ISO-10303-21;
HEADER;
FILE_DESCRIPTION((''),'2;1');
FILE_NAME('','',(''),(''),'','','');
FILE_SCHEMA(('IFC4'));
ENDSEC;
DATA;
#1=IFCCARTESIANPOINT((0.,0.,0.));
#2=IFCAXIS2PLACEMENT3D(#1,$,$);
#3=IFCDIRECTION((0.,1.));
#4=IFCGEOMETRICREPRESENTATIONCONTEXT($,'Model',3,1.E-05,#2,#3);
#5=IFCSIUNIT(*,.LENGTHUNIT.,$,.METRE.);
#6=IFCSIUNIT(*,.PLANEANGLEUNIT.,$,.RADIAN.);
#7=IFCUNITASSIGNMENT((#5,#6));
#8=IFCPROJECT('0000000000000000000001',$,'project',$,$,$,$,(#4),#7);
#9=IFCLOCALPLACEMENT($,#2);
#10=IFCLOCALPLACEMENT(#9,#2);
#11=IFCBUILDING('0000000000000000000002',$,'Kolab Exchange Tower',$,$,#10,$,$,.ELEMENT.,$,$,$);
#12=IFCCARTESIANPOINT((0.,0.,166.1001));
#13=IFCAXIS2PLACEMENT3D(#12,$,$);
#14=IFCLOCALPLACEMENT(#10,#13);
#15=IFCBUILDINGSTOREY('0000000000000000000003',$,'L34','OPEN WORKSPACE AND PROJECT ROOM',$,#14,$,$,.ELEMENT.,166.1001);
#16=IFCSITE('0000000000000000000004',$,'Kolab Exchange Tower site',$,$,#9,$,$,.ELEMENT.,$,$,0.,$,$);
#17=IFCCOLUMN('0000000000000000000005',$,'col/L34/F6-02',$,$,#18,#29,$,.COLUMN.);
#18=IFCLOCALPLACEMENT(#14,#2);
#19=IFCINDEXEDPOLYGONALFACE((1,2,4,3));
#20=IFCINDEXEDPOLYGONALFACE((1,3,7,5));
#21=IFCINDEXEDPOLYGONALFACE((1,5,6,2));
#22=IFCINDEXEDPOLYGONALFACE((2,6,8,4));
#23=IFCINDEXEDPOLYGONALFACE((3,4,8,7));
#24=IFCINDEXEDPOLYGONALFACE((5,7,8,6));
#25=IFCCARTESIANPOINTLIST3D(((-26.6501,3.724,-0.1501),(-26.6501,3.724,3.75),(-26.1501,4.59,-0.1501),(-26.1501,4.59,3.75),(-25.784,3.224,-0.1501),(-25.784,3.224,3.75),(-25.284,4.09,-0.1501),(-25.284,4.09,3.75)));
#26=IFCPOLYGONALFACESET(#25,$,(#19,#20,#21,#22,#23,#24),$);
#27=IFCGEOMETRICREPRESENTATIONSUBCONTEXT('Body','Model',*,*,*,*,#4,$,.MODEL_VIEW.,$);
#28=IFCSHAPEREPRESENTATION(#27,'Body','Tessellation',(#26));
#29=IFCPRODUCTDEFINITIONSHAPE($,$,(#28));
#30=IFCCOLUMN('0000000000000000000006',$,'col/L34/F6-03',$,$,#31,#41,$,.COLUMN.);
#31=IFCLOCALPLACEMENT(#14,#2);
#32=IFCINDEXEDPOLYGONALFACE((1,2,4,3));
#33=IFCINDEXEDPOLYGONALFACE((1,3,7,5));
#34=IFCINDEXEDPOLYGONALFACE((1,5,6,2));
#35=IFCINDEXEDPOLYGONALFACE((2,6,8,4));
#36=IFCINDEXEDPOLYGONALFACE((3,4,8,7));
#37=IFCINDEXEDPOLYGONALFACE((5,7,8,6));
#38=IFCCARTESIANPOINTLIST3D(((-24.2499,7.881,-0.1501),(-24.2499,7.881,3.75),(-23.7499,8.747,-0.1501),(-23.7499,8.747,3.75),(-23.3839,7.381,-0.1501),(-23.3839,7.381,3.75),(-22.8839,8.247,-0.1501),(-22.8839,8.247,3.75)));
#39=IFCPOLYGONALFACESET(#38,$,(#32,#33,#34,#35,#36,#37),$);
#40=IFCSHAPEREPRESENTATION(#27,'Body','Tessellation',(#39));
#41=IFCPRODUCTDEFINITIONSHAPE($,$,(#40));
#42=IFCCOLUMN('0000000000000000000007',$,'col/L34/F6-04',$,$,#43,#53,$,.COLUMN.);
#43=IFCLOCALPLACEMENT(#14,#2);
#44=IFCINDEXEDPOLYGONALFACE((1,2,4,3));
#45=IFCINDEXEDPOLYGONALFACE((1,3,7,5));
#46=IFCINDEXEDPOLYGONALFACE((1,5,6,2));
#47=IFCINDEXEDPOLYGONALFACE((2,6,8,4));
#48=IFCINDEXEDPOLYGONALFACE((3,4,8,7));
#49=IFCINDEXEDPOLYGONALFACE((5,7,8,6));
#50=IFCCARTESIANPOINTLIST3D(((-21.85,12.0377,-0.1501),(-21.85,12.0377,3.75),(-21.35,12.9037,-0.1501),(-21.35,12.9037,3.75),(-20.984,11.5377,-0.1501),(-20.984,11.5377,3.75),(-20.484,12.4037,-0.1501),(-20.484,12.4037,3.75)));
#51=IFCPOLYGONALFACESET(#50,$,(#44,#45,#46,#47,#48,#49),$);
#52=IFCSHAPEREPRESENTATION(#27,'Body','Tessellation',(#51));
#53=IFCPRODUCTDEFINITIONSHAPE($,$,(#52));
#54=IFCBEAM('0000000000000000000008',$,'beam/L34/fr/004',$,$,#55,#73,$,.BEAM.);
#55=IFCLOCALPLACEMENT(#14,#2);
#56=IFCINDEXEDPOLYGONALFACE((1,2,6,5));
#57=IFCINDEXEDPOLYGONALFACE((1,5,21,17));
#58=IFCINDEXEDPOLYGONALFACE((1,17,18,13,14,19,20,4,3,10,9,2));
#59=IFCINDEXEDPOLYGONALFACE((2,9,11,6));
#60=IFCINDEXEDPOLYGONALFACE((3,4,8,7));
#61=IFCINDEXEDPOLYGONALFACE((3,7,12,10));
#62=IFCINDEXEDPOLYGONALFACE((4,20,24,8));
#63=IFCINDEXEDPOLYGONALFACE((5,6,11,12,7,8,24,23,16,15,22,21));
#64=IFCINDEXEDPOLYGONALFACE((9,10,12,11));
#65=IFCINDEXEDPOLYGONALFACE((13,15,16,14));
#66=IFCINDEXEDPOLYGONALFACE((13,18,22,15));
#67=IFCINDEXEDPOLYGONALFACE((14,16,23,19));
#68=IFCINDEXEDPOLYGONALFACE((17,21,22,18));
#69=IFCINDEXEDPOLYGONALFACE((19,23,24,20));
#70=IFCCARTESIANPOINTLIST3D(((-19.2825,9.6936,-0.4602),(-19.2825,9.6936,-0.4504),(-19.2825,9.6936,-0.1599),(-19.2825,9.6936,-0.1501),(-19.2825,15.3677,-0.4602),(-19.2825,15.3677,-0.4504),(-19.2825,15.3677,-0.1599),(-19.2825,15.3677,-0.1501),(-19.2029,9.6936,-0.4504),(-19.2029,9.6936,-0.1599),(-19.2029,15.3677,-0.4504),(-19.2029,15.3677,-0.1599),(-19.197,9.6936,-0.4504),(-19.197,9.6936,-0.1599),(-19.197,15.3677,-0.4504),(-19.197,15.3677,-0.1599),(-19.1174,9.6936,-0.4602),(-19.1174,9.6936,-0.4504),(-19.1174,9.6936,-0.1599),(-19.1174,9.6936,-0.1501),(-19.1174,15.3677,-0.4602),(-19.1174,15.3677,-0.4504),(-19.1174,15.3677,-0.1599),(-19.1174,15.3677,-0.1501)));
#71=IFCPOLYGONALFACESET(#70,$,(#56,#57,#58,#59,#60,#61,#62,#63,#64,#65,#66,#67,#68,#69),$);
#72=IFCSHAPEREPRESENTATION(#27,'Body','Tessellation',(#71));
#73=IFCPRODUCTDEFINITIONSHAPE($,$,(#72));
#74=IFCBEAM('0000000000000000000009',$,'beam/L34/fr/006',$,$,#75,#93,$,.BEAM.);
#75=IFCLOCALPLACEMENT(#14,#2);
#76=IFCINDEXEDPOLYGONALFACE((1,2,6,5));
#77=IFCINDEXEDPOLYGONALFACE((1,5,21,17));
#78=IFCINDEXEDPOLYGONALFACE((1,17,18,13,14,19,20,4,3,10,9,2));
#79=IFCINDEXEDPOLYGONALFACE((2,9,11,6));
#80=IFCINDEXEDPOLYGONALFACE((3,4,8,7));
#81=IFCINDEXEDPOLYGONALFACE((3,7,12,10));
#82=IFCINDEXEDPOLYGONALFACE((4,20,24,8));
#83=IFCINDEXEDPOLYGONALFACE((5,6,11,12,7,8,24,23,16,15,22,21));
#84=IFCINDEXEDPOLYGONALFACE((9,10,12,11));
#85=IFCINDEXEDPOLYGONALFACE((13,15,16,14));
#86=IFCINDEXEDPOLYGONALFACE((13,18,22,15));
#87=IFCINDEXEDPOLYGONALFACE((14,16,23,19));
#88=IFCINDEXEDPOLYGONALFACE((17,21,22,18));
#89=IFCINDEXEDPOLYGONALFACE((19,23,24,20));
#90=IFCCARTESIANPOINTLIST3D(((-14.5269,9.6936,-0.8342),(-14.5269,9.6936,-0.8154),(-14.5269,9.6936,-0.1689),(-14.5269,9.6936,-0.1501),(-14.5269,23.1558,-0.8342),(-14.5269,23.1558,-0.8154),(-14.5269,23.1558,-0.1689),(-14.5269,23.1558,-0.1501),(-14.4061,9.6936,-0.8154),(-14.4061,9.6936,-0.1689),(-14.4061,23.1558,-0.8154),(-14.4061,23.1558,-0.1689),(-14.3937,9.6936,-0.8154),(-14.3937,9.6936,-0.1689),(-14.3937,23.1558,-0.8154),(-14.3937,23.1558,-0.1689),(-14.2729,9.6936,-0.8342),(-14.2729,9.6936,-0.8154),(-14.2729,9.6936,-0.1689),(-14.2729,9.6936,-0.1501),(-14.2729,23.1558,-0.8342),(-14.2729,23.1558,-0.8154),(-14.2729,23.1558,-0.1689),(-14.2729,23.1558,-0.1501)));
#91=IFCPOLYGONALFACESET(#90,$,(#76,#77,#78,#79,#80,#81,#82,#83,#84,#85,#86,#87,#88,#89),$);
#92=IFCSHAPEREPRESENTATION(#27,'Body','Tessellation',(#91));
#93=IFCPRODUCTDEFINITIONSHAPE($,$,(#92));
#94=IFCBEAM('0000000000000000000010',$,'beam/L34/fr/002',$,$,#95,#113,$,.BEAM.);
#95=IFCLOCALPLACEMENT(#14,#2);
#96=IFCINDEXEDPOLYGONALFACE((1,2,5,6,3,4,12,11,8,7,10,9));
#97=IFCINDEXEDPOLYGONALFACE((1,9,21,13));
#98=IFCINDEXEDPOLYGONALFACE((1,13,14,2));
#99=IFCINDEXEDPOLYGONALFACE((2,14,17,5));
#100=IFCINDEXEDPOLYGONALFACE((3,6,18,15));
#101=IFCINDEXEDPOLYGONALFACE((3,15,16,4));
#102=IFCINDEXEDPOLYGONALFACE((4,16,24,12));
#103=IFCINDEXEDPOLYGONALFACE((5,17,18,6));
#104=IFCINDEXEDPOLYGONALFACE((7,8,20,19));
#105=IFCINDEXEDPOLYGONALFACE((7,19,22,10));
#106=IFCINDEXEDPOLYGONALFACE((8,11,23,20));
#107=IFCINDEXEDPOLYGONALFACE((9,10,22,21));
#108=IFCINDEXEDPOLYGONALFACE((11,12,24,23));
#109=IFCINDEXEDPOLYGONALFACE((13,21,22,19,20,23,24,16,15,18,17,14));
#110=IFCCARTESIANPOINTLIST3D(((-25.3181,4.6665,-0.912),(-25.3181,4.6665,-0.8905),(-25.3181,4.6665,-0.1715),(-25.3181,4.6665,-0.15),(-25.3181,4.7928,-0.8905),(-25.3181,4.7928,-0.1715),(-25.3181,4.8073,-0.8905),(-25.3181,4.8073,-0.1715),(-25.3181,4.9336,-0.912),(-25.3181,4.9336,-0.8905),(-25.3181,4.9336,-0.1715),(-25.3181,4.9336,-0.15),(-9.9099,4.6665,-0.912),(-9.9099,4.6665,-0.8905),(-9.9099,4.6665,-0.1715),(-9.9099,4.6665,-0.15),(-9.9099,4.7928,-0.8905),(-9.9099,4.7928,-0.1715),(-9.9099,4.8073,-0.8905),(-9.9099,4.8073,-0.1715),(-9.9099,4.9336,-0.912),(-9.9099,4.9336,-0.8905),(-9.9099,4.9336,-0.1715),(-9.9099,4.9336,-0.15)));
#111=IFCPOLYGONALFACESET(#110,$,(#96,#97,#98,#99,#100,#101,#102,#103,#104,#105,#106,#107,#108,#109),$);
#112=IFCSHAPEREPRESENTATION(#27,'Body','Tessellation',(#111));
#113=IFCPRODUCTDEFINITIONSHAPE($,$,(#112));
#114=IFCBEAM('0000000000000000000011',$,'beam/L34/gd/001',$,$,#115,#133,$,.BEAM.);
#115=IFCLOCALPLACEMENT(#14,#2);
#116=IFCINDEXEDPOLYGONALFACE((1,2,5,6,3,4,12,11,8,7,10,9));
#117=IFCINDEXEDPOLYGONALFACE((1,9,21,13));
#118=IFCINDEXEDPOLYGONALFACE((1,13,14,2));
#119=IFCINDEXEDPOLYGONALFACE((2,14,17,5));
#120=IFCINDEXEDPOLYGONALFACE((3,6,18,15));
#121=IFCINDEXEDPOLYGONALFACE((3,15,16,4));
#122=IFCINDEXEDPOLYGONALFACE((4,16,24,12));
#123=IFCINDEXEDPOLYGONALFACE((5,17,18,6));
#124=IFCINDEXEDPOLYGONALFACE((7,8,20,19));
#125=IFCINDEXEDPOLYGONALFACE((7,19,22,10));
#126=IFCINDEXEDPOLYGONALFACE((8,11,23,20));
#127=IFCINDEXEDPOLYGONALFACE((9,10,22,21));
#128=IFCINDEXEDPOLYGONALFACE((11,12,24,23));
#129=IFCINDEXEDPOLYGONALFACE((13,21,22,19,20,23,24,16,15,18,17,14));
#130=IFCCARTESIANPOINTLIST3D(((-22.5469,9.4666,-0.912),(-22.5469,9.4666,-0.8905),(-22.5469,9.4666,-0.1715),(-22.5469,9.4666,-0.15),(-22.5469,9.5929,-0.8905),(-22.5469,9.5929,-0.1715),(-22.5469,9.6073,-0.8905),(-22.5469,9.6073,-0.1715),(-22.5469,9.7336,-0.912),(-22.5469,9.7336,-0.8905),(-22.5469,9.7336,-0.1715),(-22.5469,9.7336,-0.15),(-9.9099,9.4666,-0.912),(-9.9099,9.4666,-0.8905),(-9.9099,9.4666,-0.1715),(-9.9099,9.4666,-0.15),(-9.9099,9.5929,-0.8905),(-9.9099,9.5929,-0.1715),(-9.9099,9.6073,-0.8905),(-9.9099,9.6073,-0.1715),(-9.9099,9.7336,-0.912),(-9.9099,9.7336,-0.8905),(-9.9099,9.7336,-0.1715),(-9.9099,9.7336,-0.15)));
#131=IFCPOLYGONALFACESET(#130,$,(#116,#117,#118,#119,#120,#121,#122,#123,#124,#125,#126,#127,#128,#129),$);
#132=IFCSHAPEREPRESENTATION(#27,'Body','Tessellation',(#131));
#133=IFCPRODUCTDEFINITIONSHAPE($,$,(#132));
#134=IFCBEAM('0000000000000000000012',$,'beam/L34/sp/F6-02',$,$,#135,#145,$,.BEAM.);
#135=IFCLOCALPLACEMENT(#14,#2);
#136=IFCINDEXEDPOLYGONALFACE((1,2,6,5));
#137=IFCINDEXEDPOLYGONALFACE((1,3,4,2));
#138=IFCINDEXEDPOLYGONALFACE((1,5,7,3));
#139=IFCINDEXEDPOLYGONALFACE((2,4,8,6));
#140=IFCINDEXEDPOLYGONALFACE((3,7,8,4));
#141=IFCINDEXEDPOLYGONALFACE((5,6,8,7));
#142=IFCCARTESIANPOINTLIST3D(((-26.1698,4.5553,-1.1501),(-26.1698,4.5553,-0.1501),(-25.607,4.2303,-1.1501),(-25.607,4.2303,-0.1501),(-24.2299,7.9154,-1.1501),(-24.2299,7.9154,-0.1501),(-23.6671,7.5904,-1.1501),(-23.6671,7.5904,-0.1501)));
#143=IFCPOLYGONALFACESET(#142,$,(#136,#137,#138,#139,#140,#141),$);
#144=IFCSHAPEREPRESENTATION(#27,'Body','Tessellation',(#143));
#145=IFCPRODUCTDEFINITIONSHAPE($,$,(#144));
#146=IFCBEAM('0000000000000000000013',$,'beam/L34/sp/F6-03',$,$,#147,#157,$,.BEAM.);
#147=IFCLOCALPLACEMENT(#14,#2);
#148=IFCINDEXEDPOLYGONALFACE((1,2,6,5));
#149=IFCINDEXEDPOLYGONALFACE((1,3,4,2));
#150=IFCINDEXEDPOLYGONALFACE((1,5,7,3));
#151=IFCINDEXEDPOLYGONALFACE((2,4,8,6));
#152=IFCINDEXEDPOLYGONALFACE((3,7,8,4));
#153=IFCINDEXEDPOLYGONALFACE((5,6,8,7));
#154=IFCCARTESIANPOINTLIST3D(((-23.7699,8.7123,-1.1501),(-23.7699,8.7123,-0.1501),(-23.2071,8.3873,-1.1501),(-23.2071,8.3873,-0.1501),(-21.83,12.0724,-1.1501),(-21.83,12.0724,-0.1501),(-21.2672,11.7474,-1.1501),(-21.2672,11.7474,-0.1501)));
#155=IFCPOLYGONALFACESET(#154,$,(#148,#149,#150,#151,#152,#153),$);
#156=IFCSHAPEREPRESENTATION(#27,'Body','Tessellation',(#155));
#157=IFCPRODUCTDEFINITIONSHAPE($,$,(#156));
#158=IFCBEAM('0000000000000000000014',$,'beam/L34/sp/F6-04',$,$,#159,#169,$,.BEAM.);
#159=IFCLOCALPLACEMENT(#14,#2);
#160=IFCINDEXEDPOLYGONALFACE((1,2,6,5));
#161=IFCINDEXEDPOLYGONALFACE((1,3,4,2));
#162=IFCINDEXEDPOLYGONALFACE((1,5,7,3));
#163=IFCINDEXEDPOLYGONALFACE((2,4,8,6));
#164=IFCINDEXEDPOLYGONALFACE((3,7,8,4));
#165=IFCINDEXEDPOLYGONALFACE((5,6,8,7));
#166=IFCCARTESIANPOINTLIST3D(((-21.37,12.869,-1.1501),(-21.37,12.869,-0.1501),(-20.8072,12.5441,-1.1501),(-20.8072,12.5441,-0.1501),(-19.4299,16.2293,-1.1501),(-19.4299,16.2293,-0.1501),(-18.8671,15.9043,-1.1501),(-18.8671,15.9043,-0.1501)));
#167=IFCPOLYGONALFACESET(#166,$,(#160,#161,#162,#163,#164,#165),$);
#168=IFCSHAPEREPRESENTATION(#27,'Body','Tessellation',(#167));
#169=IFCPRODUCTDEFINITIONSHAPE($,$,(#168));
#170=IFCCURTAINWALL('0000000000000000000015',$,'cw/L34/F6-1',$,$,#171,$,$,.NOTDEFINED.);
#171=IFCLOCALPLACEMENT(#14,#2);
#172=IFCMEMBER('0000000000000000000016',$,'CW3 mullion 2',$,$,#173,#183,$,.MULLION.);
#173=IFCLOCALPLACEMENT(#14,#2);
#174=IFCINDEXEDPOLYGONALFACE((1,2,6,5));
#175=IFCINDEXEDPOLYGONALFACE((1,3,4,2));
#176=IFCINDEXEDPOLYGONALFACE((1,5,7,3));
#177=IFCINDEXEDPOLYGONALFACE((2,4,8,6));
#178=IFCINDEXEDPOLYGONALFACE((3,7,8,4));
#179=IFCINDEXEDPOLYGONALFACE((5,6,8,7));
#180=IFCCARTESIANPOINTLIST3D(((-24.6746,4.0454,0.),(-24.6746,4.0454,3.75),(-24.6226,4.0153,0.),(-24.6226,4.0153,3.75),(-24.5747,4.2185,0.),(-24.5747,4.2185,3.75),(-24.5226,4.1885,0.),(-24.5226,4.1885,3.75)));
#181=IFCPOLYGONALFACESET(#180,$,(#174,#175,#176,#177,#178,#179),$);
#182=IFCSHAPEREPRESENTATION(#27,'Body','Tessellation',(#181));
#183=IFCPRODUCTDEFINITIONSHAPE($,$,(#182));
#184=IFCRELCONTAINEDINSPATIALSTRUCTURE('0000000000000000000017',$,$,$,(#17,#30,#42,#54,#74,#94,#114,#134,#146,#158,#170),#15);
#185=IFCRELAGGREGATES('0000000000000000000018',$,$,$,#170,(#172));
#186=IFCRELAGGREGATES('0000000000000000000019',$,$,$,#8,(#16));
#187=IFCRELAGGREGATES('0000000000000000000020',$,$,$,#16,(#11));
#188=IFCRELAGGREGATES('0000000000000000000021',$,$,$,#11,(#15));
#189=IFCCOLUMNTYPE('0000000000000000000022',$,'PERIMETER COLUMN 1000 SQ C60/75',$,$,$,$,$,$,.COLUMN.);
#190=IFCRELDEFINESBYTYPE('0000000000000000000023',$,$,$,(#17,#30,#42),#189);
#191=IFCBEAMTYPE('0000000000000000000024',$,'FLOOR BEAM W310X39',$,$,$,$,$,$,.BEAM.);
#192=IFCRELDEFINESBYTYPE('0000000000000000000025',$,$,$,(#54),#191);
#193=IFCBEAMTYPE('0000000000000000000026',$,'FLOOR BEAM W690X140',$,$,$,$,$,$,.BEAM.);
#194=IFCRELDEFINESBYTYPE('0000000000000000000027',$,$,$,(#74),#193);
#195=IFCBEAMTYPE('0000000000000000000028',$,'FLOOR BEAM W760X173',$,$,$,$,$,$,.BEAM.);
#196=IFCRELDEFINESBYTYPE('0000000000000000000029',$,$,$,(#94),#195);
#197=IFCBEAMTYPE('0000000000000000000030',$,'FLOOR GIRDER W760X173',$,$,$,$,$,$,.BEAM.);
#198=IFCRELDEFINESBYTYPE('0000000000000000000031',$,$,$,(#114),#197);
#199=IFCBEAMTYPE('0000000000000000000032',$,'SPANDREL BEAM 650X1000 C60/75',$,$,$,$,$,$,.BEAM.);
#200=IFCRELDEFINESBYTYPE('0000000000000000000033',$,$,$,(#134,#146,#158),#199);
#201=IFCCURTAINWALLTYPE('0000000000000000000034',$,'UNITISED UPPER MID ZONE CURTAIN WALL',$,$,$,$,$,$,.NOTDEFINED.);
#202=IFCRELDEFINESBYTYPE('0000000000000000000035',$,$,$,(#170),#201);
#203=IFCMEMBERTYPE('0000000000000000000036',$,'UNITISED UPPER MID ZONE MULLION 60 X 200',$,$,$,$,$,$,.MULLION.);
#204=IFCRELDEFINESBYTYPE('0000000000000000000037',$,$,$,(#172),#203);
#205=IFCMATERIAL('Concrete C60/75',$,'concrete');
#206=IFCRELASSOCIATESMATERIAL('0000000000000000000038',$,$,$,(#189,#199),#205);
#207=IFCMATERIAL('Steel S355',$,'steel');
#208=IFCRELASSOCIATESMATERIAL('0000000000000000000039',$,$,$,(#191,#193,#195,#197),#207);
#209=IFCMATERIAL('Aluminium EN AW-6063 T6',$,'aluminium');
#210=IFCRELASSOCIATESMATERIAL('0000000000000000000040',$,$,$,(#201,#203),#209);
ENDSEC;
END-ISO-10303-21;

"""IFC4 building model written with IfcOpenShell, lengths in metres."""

from ifc_helpers import new_model, si_unit, direction, frame, origin, origin_2d, place, context, subcontext, project, spatial, rectangle, i_section, extrude, material, material_profile, profile_set, type_object, element, aggregate, save


model = new_model("IFC4")

# Units and contexts
model_context = context("Model", 3, precision=1e-05, world=origin(), true_north=direction((0.0, 1.0)))
body_context = subcontext(model_context, "Body", "Model", "MODEL_VIEW")
ifc_project = project(units=[si_unit("LENGTHUNIT", "METRE"), si_unit("PLANEANGLEUNIT", "RADIAN")], contexts=[model_context])

# Site, building, storey
site_placement = place(None, origin())
site = spatial("IfcSite", under=ifc_project, at=site_placement, Name="Kolab Exchange Tower site", CompositionType="ELEMENT", RefElevation=0.0)
building_placement = place(site_placement, origin())
building = spatial("IfcBuilding", under=site, at=building_placement, Name="Kolab Exchange Tower", CompositionType="ELEMENT")
storey_placement = place(building_placement, frame((0.0, 0.0, 166.1001)))
storey = spatial("IfcBuildingStorey", under=building, at=storey_placement, Name="L34", Description="OPEN WORKSPACE AND PROJECT ROOM", CompositionType="ELEMENT", Elevation=166.1001)

# Columns
ifc_material_1 = material(Name="Concrete C60/75", Category="concrete")
ifc_material_profile_1 = material_profile(ifc_material_1, rectangle(XDim=1.0, YDim=1.0, at=origin_2d()), Name="RC1000")
ifc_profile_set_1 = profile_set([ifc_material_profile_1], Name="Concrete C60/75")
column_type = type_object("IfcColumnType", Name="PERIMETER COLUMN 1000 SQ C60/75", PredefinedType="COLUMN", material=ifc_profile_set_1)
for number, where, z_axis, x_axis, name in (
    (1, (-25.967, 3.907, -0.1501), (0.0, 0.0, 1.0), (0.5, 0.866025, 0.0), "col/L34/F6-02"),
    (2, (-23.5669, 8.064, -0.1501), (0.0, 0.0, 1.0), (0.5, 0.866025, 0.0), "col/L34/F6-03"),
    (3, (-21.167, 12.2207, -0.1501), (0.0, 0.0, 1.0), (0.5, 0.866025, 0.0), "col/L34/F6-04"),
):
    element("IfcColumn", number, at=place(storey_placement, frame(where, z_axis=z_axis, x_axis=x_axis)), inside=storey, type_object=column_type, Name=name, PredefinedType="COLUMN", context=body_context, shape_type="SweptSolid", body=[
        extrude(rectangle(XDim=1.0, YDim=1.0, at=origin_2d()), origin(), (0.0, 0.0, 1.0), 3.9001),
    ])

# Beams
ifc_material_2 = material(Name="Steel S355", Category="steel")
ifc_material_profile_2 = material_profile(ifc_material_2, i_section(OverallWidth=0.165, OverallDepth=0.3101, WebThickness=0.0059, FlangeThickness=0.0098, at=origin_2d()), Name="W310X39")
ifc_profile_set_2 = profile_set([ifc_material_profile_2], Name="Steel S355")
beam_type_1 = type_object("IfcBeamType", Name="FLOOR BEAM W310X39", PredefinedType="BEAM", material=ifc_profile_set_2)
beam_1_placement = place(storey_placement, frame((-19.2, 9.6936, -0.3052), z_axis=(0.0, 1.0, 0.0), x_axis=(-1.0, 0.0, 0.0)))
element("IfcBeam", 4, at=beam_1_placement, inside=storey, type_object=beam_type_1, Name="beam/L34/fr/004", PredefinedType="BEAM", context=body_context, shape_type="SweptSolid", body=[
    extrude(i_section(OverallWidth=0.165, OverallDepth=0.3101, WebThickness=0.0059, FlangeThickness=0.0098, at=origin_2d()), origin(), (0.0, 0.0, 1.0), 5.6741),
])
ifc_material_profile_3 = material_profile(ifc_material_2, i_section(OverallWidth=0.2539, OverallDepth=0.6841, WebThickness=0.0125, FlangeThickness=0.0188, at=origin_2d()), Name="W690X140")
ifc_profile_set_3 = profile_set([ifc_material_profile_3], Name="Steel S355")
beam_type_2 = type_object("IfcBeamType", Name="FLOOR BEAM W690X140", PredefinedType="BEAM", material=ifc_profile_set_3)
beam_2_placement = place(storey_placement, frame((-14.3999, 9.6936, -0.4922), z_axis=(0.0, 1.0, 0.0), x_axis=(-1.0, 0.0, 0.0)))
element("IfcBeam", 5, at=beam_2_placement, inside=storey, type_object=beam_type_2, Name="beam/L34/fr/006", PredefinedType="BEAM", context=body_context, shape_type="SweptSolid", body=[
    extrude(i_section(OverallWidth=0.2539, OverallDepth=0.6841, WebThickness=0.0125, FlangeThickness=0.0188, at=origin_2d()), origin(), (0.0, 0.0, 1.0), 13.4622),
])
ifc_material_profile_4 = material_profile(ifc_material_2, i_section(OverallWidth=0.2671, OverallDepth=0.762, WebThickness=0.0144, FlangeThickness=0.0215, at=origin_2d()), Name="W760X173")
ifc_profile_set_4 = profile_set([ifc_material_profile_4], Name="Steel S355")
beam_type_3 = type_object("IfcBeamType", Name="FLOOR BEAM W760X173", PredefinedType="BEAM", material=ifc_profile_set_4)
beam_3_placement = place(storey_placement, frame((-25.3181, 4.8, -0.531), z_axis=(1.0, 0.0, 0.0), x_axis=(0.0, 1.0, 0.0)))
element("IfcBeam", 6, at=beam_3_placement, inside=storey, type_object=beam_type_3, Name="beam/L34/fr/002", PredefinedType="BEAM", context=body_context, shape_type="SweptSolid", body=[
    extrude(i_section(OverallWidth=0.2671, OverallDepth=0.762, WebThickness=0.0144, FlangeThickness=0.0215, at=origin_2d()), origin(), (0.0, 0.0, 1.0), 15.4082),
])
ifc_material_profile_5 = material_profile(ifc_material_2, i_section(OverallWidth=0.2671, OverallDepth=0.762, WebThickness=0.0144, FlangeThickness=0.0215, at=origin_2d()), Name="W760X173")
ifc_profile_set_5 = profile_set([ifc_material_profile_5], Name="Steel S355")
beam_type_4 = type_object("IfcBeamType", Name="FLOOR GIRDER W760X173", PredefinedType="BEAM", material=ifc_profile_set_5)
beam_4_placement = place(storey_placement, frame((-22.5469, 9.6001, -0.531), z_axis=(1.0, 0.0, 0.0), x_axis=(0.0, 1.0, 0.0)))
element("IfcBeam", 7, at=beam_4_placement, inside=storey, type_object=beam_type_4, Name="beam/L34/gd/001", PredefinedType="BEAM", context=body_context, shape_type="SweptSolid", body=[
    extrude(i_section(OverallWidth=0.2671, OverallDepth=0.762, WebThickness=0.0144, FlangeThickness=0.0215, at=origin_2d()), origin(), (0.0, 0.0, 1.0), 12.637),
])
ifc_material_profile_6 = material_profile(ifc_material_1, rectangle(XDim=0.6499, YDim=1.0, at=origin_2d()), Name="RC650X1000")
ifc_profile_set_6 = profile_set([ifc_material_profile_6], Name="Concrete C60/75")
beam_type_5 = type_object("IfcBeamType", Name="SPANDREL BEAM 650X1000 C60/75", PredefinedType="BEAM", material=ifc_profile_set_6)
for number, where, z_axis, x_axis, name in (
    (8, (-25.8884, 4.3928, -0.6501), (0.499997, 0.866027, 0.0), (-0.866027, 0.499997, 0.0), "beam/L34/sp/F6-02"),
    (9, (-23.4885, 8.5498, -0.6501), (0.499997, 0.866027, 0.0), (-0.866027, 0.499997, 0.0), "beam/L34/sp/F6-03"),
):
    element("IfcBeam", number, at=place(storey_placement, frame(where, z_axis=z_axis, x_axis=x_axis)), inside=storey, type_object=beam_type_5, Name=name, PredefinedType="BEAM", context=body_context, shape_type="SweptSolid", body=[
        extrude(rectangle(XDim=0.6499, YDim=1.0, at=origin_2d()), origin(), (0.0, 0.0, 1.0), 3.8799),
    ])
beam_5_placement = place(storey_placement, frame((-21.0886, 12.7065, -0.6501), z_axis=(0.500017, 0.866016, 0.0), x_axis=(-0.866016, 0.500017, 0.0)))
element("IfcBeam", 10, at=beam_5_placement, inside=storey, type_object=beam_type_5, Name="beam/L34/sp/F6-04", PredefinedType="BEAM", context=body_context, shape_type="SweptSolid", body=[
    extrude(rectangle(XDim=0.6499, YDim=1.0, at=origin_2d()), origin(), (0.0, 0.0, 1.0), 3.8801),
])

# Curtain wall, member
ifc_material_3 = material(Name="Aluminium EN AW-6063 T6", Category="aluminium")
curtain_wall_type = type_object("IfcCurtainWallType", Name="UNITISED UPPER MID ZONE CURTAIN WALL", PredefinedType="NOTDEFINED", material=ifc_material_3)
curtain_wall_1_placement = place(storey_placement, origin())
curtain_wall_1 = element("IfcCurtainWall", 11, at=curtain_wall_1_placement, inside=storey, type_object=curtain_wall_type, Name="cw/L34/F6-1", PredefinedType="NOTDEFINED")
ifc_material_profile_7 = material_profile(ifc_material_3, rectangle(XDim=0.0601, YDim=0.2, at=origin_2d()), Name="RECT 60X200")
ifc_profile_set_7 = profile_set([ifc_material_profile_7], Name="Aluminium EN AW-6063 T6")
member_type_1 = type_object("IfcMemberType", Name="UNITISED UPPER MID ZONE MULLION 60 X 200", PredefinedType="MULLION", material=ifc_profile_set_7)
member_1_placement = place(storey_placement, frame((-24.5986, 4.1169, 0.0), z_axis=(0.0, 0.0, 1.0), x_axis=(-0.866025, 0.5, 0.0)))
member_1 = element("IfcMember", 12, at=member_1_placement, type_object=member_type_1, Name="CW3 mullion 2", PredefinedType="MULLION", context=body_context, shape_type="SweptSolid", body=[
    extrude(rectangle(XDim=0.0601, YDim=0.2, at=origin_2d()), origin(), (0.0, 0.0, 1.0), 3.75),
])

aggregate(curtain_wall_1, [member_1])

save(model, "model.ifc")
